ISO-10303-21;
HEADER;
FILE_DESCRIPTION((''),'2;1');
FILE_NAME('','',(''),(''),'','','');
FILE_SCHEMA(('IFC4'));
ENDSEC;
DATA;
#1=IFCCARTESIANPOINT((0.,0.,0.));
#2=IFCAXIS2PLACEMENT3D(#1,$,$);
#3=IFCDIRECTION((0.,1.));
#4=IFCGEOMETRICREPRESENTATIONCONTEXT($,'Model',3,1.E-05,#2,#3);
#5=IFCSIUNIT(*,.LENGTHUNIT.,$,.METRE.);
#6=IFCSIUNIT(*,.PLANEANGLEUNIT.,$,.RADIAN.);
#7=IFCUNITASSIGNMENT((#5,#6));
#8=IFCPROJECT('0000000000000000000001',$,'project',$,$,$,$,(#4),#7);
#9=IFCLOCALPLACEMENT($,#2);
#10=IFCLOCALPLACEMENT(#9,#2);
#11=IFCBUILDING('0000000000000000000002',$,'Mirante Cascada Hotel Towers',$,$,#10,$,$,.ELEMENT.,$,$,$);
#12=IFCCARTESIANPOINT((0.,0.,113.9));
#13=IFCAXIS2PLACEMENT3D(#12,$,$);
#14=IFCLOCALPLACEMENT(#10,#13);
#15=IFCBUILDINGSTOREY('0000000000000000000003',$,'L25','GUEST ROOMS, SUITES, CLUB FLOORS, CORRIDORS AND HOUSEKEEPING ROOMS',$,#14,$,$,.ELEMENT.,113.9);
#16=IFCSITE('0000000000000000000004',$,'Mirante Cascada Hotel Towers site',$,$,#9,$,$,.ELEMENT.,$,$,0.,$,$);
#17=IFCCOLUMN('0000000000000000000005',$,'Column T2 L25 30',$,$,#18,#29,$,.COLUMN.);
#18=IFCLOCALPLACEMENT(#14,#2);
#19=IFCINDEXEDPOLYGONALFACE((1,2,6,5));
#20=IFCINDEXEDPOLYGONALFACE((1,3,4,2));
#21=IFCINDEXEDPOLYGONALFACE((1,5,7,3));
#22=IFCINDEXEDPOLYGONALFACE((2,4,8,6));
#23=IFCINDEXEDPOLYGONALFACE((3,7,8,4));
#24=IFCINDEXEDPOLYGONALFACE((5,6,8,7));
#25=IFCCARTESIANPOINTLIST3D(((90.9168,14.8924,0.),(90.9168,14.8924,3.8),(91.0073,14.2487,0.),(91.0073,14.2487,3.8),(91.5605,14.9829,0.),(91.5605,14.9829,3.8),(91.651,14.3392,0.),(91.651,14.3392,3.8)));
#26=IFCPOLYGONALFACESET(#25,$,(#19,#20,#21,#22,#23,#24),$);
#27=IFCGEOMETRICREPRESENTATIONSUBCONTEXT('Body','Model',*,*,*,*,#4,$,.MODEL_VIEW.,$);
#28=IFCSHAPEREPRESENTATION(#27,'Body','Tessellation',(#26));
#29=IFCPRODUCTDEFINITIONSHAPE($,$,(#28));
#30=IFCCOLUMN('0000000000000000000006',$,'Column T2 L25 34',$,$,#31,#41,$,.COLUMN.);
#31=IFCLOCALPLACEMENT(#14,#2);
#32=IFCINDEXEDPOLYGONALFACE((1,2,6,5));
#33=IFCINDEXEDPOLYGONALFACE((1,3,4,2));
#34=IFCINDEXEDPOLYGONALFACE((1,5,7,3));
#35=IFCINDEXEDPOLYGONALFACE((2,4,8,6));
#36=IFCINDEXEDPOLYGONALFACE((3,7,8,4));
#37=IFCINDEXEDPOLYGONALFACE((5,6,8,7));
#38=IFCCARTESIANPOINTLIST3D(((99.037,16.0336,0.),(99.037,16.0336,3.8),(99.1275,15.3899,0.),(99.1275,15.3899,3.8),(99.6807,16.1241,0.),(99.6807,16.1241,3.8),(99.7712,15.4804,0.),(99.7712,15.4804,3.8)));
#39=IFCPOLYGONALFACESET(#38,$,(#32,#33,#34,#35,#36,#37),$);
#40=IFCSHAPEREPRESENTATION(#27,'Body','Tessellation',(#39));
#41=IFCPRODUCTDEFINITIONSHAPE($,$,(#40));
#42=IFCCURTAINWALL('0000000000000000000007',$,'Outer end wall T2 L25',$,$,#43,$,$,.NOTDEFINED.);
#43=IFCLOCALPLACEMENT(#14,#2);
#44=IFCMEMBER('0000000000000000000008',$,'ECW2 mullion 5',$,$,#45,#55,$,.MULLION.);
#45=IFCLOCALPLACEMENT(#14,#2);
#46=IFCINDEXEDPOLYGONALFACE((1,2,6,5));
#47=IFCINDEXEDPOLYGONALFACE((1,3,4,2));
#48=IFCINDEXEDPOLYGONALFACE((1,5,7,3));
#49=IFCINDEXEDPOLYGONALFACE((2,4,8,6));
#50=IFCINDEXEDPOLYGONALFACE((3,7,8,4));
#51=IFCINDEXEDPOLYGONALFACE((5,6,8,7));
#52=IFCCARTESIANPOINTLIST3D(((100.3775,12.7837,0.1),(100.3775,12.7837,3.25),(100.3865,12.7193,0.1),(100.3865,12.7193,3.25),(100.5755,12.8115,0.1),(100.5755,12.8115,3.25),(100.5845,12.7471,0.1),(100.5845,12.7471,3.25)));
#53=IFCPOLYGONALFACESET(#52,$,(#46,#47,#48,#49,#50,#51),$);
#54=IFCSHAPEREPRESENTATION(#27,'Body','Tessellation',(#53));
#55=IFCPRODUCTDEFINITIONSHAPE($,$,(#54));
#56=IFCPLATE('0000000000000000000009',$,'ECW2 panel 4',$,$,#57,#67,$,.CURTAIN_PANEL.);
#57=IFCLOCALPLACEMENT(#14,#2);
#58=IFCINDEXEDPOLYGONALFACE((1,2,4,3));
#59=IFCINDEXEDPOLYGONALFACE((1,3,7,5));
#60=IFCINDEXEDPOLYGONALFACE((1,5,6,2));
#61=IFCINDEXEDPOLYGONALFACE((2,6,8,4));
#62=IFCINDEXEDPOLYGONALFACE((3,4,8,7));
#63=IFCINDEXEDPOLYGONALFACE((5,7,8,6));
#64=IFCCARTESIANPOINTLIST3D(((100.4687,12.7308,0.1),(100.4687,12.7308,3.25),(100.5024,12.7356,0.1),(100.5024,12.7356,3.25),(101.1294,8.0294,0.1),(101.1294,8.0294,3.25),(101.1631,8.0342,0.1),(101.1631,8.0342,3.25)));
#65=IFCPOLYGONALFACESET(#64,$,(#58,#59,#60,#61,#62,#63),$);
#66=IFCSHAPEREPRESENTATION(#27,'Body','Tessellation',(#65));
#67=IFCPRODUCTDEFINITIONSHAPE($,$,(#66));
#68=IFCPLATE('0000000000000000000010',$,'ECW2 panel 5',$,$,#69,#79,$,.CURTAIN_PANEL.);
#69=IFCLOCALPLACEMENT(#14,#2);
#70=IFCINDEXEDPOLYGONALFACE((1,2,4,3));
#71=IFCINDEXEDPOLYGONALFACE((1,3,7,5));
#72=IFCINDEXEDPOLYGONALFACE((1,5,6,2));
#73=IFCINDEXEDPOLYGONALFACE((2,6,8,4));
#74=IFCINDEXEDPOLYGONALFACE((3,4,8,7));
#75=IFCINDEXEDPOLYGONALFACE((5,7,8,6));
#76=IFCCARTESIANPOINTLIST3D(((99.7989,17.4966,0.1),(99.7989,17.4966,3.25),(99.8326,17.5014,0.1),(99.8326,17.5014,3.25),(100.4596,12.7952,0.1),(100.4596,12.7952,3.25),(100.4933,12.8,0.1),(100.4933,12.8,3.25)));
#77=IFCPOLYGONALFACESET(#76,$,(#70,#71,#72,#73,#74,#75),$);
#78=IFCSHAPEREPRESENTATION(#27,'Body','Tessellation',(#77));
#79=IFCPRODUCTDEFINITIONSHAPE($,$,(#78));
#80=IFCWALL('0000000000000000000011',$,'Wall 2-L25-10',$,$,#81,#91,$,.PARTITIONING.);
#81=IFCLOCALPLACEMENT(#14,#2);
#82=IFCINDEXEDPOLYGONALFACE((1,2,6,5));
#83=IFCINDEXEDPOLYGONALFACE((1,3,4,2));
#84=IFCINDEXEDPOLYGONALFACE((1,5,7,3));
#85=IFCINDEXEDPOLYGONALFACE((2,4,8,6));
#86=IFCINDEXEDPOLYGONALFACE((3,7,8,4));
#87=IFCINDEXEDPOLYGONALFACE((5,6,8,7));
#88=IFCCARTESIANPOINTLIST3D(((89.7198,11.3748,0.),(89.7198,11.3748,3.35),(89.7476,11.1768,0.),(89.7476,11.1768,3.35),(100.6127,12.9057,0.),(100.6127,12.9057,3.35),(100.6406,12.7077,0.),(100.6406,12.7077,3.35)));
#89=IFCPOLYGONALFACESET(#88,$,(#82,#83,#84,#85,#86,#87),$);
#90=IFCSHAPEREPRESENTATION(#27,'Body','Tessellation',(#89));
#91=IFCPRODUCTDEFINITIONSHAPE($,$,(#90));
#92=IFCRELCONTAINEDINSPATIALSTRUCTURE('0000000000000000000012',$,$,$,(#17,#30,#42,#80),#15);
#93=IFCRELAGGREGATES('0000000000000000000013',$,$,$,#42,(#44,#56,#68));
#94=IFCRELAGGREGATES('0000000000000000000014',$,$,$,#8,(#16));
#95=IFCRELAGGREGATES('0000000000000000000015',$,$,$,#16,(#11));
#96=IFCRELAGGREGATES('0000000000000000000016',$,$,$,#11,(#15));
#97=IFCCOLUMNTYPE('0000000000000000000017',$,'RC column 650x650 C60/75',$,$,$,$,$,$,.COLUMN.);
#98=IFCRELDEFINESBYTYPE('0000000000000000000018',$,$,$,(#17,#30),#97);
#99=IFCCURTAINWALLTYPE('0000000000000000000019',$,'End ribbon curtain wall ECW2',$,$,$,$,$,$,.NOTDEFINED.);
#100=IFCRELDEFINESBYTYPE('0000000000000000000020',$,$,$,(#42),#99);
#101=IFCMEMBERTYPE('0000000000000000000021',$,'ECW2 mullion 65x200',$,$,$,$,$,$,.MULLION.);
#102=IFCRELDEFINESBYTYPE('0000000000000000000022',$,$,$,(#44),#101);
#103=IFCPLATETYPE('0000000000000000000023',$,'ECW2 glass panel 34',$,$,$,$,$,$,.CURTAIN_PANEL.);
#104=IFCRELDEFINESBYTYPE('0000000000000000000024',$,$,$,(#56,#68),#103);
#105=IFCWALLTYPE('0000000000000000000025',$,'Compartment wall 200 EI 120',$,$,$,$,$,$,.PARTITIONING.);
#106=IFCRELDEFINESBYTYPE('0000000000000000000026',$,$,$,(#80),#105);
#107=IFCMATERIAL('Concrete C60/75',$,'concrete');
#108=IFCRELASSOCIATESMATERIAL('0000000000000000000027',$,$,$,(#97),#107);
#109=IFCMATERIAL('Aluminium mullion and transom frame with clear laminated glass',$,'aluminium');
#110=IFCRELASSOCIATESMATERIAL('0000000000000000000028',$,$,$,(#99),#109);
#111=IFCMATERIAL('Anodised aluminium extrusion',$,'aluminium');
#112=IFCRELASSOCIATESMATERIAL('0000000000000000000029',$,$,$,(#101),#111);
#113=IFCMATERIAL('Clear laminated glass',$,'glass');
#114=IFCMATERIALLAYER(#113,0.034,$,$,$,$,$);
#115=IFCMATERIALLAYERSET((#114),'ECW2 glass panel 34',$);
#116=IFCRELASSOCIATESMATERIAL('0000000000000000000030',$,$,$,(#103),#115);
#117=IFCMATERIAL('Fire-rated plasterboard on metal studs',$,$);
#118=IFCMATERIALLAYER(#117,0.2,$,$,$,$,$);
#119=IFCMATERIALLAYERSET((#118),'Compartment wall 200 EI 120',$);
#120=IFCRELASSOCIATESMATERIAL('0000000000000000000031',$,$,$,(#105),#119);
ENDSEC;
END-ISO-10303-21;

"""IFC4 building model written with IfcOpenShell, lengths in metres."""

from ifc_helpers import new_model, si_unit, direction, frame, frame_2d, origin, origin_2d, place, context, subcontext, project, spatial, rectangle, extrude, material, layer, layer_set, material_profile, profile_set, type_object, element, aggregate, save


model = new_model("IFC4")

# Units and contexts
model_context = context("Model", 3, precision=1e-05, world=origin(), true_north=direction((0.0, 1.0)))
body_context = subcontext(model_context, "Body", "Model", "MODEL_VIEW")
ifc_project = project(units=[si_unit("LENGTHUNIT", "METRE"), si_unit("PLANEANGLEUNIT", "RADIAN")], contexts=[model_context])

# Site, building, storey
site_placement = place(None, origin())
site = spatial("IfcSite", under=ifc_project, at=site_placement, Name="Mirante Cascada Hotel Towers site", CompositionType="ELEMENT", RefElevation=0.0)
building_placement = place(site_placement, origin())
building = spatial("IfcBuilding", under=site, at=building_placement, Name="Mirante Cascada Hotel Towers", CompositionType="ELEMENT")
storey_placement = place(building_placement, frame((0.0, 0.0, 113.9)))
storey = spatial("IfcBuildingStorey", under=building, at=storey_placement, Name="L25", Description="GUEST ROOMS, SUITES, CLUB FLOORS, CORRIDORS AND HOUSEKEEPING ROOMS", CompositionType="ELEMENT", Elevation=113.9)

# Columns
ifc_material_1 = material(Name="Concrete C60/75", Category="concrete")
ifc_material_profile_1 = material_profile(ifc_material_1, rectangle(XDim=0.65, YDim=0.65, at=origin_2d()), Name="RC column 650x650 C60/75")
ifc_profile_set_1 = profile_set([ifc_material_profile_1], Name="Concrete C60/75")
column_type = type_object("IfcColumnType", Name="RC column 650x650 C60/75", PredefinedType="COLUMN", material=ifc_profile_set_1)
for number, where, z_axis, x_axis, name in (
    (1, (91.2839, 14.6158, 0.0), (0.0, 0.0, 1.0), (0.990268, 0.139173, 0.0), "Column T2 L25 30"),
    (2, (99.4041, 15.757, 0.0), (0.0, 0.0, 1.0), (0.990268, 0.139173, 0.0), "Column T2 L25 34"),
):
    element("IfcColumn", number, at=place(storey_placement, frame(where, z_axis=z_axis, x_axis=x_axis)), inside=storey, type_object=column_type, Name=name, PredefinedType="COLUMN", context=body_context, shape_type="SweptSolid", body=[
        extrude(rectangle(XDim=0.65, YDim=0.65, at=origin_2d()), origin(), (0.0, 0.0, 1.0), 3.8),
    ])

# Curtain wall, member, plates
ifc_material_2 = material(Name="Aluminium mullion and transom frame with clear laminated glass", Category="aluminium")
curtain_wall_type = type_object("IfcCurtainWallType", Name="End ribbon curtain wall ECW2", PredefinedType="NOTDEFINED", material=ifc_material_2)
curtain_wall_placement = place(storey_placement, origin())
curtain_wall = element("IfcCurtainWall", 3, at=curtain_wall_placement, inside=storey, type_object=curtain_wall_type, Name="Outer end wall T2 L25", PredefinedType="NOTDEFINED")
ifc_material_3 = material(Name="Anodised aluminium extrusion", Category="aluminium")
ifc_material_profile_2 = material_profile(ifc_material_3, rectangle(XDim=0.2, YDim=0.065, at=origin_2d()), Name="ECW2 MULLION 65x200")
ifc_profile_set_2 = profile_set([ifc_material_profile_2], Name="Anodised aluminium extrusion")
member_type = type_object("IfcMemberType", Name="ECW2 mullion 65x200", PredefinedType="MULLION", material=ifc_profile_set_2)
member_placement = place(storey_placement, frame((100.481, 12.7654, 0.1), z_axis=(0.0, 0.0, 1.0), x_axis=(-0.990268, -0.139173, 0.0)))
member = element("IfcMember", 4, at=member_placement, type_object=member_type, Name="ECW2 mullion 5", PredefinedType="MULLION", context=body_context, shape_type="SweptSolid", body=[
    extrude(rectangle(XDim=0.2, YDim=0.065, at=origin_2d()), origin(), (0.0, 0.0, 1.0), 3.15),
])
ifc_material_4 = material(Name="Clear laminated glass", Category="glass")
ifc_layer_1 = layer(ifc_material_4, 0.034)
ifc_layer_set_1 = layer_set([ifc_layer_1], Name="ECW2 glass panel 34")
plate_type = type_object("IfcPlateType", Name="ECW2 glass panel 34", PredefinedType="CURTAIN_PANEL", material=ifc_layer_set_1)
plate_1_placement = place(storey_placement, frame((100.8159, 10.3825, 0.1), z_axis=(0.0, 0.0, 1.0), x_axis=(-0.139173, 0.990268, 0.0)))
plate_1 = element("IfcPlate", 5, at=plate_1_placement, type_object=plate_type, Name="ECW2 panel 4", PredefinedType="CURTAIN_PANEL", context=body_context, shape_type="SweptSolid", body=[
    extrude(rectangle(XDim=4.7476, YDim=0.034, at=origin_2d()), origin(), (0.0, 0.0, 1.0), 3.15),
])
plate_2_placement = place(storey_placement, frame((100.1461, 15.1483, 0.1), z_axis=(0.0, 0.0, 1.0), x_axis=(-0.139173, 0.990268, 0.0)))
plate_2 = element("IfcPlate", 6, at=plate_2_placement, type_object=plate_type, Name="ECW2 panel 5", PredefinedType="CURTAIN_PANEL", context=body_context, shape_type="SweptSolid", body=[
    extrude(rectangle(XDim=4.7476, YDim=0.034, at=origin_2d()), origin(), (0.0, 0.0, 1.0), 3.15),
])
aggregate(curtain_wall, [member, plate_1, plate_2])

# Wall
ifc_material_5 = material(Name="Fire-rated plasterboard on metal studs")
ifc_layer_2 = layer(ifc_material_5, 0.2)
ifc_layer_set_2 = layer_set([ifc_layer_2], Name="Compartment wall 200 EI 120")
wall_type_1 = type_object("IfcWallType", Name="Compartment wall 200 EI 120", PredefinedType="PARTITIONING", material=ifc_layer_set_2)
wall_1_placement = place(storey_placement, frame((89.7337, 11.2758, 0.0), z_axis=(0.0, 0.0, 1.0), x_axis=(0.990268, 0.139173, 0.0)))
element("IfcWall", 7, at=wall_1_placement, inside=storey, type_object=wall_type_1, Name="Wall 2-L25-10", PredefinedType="PARTITIONING", context=body_context, shape_type="SweptSolid", body=[
    extrude(rectangle(XDim=11.0, YDim=0.2, at=frame_2d((5.5, 0.0))), origin(), (0.0, 0.0, 1.0), 3.35),
])

save(model, "model.ifc")
